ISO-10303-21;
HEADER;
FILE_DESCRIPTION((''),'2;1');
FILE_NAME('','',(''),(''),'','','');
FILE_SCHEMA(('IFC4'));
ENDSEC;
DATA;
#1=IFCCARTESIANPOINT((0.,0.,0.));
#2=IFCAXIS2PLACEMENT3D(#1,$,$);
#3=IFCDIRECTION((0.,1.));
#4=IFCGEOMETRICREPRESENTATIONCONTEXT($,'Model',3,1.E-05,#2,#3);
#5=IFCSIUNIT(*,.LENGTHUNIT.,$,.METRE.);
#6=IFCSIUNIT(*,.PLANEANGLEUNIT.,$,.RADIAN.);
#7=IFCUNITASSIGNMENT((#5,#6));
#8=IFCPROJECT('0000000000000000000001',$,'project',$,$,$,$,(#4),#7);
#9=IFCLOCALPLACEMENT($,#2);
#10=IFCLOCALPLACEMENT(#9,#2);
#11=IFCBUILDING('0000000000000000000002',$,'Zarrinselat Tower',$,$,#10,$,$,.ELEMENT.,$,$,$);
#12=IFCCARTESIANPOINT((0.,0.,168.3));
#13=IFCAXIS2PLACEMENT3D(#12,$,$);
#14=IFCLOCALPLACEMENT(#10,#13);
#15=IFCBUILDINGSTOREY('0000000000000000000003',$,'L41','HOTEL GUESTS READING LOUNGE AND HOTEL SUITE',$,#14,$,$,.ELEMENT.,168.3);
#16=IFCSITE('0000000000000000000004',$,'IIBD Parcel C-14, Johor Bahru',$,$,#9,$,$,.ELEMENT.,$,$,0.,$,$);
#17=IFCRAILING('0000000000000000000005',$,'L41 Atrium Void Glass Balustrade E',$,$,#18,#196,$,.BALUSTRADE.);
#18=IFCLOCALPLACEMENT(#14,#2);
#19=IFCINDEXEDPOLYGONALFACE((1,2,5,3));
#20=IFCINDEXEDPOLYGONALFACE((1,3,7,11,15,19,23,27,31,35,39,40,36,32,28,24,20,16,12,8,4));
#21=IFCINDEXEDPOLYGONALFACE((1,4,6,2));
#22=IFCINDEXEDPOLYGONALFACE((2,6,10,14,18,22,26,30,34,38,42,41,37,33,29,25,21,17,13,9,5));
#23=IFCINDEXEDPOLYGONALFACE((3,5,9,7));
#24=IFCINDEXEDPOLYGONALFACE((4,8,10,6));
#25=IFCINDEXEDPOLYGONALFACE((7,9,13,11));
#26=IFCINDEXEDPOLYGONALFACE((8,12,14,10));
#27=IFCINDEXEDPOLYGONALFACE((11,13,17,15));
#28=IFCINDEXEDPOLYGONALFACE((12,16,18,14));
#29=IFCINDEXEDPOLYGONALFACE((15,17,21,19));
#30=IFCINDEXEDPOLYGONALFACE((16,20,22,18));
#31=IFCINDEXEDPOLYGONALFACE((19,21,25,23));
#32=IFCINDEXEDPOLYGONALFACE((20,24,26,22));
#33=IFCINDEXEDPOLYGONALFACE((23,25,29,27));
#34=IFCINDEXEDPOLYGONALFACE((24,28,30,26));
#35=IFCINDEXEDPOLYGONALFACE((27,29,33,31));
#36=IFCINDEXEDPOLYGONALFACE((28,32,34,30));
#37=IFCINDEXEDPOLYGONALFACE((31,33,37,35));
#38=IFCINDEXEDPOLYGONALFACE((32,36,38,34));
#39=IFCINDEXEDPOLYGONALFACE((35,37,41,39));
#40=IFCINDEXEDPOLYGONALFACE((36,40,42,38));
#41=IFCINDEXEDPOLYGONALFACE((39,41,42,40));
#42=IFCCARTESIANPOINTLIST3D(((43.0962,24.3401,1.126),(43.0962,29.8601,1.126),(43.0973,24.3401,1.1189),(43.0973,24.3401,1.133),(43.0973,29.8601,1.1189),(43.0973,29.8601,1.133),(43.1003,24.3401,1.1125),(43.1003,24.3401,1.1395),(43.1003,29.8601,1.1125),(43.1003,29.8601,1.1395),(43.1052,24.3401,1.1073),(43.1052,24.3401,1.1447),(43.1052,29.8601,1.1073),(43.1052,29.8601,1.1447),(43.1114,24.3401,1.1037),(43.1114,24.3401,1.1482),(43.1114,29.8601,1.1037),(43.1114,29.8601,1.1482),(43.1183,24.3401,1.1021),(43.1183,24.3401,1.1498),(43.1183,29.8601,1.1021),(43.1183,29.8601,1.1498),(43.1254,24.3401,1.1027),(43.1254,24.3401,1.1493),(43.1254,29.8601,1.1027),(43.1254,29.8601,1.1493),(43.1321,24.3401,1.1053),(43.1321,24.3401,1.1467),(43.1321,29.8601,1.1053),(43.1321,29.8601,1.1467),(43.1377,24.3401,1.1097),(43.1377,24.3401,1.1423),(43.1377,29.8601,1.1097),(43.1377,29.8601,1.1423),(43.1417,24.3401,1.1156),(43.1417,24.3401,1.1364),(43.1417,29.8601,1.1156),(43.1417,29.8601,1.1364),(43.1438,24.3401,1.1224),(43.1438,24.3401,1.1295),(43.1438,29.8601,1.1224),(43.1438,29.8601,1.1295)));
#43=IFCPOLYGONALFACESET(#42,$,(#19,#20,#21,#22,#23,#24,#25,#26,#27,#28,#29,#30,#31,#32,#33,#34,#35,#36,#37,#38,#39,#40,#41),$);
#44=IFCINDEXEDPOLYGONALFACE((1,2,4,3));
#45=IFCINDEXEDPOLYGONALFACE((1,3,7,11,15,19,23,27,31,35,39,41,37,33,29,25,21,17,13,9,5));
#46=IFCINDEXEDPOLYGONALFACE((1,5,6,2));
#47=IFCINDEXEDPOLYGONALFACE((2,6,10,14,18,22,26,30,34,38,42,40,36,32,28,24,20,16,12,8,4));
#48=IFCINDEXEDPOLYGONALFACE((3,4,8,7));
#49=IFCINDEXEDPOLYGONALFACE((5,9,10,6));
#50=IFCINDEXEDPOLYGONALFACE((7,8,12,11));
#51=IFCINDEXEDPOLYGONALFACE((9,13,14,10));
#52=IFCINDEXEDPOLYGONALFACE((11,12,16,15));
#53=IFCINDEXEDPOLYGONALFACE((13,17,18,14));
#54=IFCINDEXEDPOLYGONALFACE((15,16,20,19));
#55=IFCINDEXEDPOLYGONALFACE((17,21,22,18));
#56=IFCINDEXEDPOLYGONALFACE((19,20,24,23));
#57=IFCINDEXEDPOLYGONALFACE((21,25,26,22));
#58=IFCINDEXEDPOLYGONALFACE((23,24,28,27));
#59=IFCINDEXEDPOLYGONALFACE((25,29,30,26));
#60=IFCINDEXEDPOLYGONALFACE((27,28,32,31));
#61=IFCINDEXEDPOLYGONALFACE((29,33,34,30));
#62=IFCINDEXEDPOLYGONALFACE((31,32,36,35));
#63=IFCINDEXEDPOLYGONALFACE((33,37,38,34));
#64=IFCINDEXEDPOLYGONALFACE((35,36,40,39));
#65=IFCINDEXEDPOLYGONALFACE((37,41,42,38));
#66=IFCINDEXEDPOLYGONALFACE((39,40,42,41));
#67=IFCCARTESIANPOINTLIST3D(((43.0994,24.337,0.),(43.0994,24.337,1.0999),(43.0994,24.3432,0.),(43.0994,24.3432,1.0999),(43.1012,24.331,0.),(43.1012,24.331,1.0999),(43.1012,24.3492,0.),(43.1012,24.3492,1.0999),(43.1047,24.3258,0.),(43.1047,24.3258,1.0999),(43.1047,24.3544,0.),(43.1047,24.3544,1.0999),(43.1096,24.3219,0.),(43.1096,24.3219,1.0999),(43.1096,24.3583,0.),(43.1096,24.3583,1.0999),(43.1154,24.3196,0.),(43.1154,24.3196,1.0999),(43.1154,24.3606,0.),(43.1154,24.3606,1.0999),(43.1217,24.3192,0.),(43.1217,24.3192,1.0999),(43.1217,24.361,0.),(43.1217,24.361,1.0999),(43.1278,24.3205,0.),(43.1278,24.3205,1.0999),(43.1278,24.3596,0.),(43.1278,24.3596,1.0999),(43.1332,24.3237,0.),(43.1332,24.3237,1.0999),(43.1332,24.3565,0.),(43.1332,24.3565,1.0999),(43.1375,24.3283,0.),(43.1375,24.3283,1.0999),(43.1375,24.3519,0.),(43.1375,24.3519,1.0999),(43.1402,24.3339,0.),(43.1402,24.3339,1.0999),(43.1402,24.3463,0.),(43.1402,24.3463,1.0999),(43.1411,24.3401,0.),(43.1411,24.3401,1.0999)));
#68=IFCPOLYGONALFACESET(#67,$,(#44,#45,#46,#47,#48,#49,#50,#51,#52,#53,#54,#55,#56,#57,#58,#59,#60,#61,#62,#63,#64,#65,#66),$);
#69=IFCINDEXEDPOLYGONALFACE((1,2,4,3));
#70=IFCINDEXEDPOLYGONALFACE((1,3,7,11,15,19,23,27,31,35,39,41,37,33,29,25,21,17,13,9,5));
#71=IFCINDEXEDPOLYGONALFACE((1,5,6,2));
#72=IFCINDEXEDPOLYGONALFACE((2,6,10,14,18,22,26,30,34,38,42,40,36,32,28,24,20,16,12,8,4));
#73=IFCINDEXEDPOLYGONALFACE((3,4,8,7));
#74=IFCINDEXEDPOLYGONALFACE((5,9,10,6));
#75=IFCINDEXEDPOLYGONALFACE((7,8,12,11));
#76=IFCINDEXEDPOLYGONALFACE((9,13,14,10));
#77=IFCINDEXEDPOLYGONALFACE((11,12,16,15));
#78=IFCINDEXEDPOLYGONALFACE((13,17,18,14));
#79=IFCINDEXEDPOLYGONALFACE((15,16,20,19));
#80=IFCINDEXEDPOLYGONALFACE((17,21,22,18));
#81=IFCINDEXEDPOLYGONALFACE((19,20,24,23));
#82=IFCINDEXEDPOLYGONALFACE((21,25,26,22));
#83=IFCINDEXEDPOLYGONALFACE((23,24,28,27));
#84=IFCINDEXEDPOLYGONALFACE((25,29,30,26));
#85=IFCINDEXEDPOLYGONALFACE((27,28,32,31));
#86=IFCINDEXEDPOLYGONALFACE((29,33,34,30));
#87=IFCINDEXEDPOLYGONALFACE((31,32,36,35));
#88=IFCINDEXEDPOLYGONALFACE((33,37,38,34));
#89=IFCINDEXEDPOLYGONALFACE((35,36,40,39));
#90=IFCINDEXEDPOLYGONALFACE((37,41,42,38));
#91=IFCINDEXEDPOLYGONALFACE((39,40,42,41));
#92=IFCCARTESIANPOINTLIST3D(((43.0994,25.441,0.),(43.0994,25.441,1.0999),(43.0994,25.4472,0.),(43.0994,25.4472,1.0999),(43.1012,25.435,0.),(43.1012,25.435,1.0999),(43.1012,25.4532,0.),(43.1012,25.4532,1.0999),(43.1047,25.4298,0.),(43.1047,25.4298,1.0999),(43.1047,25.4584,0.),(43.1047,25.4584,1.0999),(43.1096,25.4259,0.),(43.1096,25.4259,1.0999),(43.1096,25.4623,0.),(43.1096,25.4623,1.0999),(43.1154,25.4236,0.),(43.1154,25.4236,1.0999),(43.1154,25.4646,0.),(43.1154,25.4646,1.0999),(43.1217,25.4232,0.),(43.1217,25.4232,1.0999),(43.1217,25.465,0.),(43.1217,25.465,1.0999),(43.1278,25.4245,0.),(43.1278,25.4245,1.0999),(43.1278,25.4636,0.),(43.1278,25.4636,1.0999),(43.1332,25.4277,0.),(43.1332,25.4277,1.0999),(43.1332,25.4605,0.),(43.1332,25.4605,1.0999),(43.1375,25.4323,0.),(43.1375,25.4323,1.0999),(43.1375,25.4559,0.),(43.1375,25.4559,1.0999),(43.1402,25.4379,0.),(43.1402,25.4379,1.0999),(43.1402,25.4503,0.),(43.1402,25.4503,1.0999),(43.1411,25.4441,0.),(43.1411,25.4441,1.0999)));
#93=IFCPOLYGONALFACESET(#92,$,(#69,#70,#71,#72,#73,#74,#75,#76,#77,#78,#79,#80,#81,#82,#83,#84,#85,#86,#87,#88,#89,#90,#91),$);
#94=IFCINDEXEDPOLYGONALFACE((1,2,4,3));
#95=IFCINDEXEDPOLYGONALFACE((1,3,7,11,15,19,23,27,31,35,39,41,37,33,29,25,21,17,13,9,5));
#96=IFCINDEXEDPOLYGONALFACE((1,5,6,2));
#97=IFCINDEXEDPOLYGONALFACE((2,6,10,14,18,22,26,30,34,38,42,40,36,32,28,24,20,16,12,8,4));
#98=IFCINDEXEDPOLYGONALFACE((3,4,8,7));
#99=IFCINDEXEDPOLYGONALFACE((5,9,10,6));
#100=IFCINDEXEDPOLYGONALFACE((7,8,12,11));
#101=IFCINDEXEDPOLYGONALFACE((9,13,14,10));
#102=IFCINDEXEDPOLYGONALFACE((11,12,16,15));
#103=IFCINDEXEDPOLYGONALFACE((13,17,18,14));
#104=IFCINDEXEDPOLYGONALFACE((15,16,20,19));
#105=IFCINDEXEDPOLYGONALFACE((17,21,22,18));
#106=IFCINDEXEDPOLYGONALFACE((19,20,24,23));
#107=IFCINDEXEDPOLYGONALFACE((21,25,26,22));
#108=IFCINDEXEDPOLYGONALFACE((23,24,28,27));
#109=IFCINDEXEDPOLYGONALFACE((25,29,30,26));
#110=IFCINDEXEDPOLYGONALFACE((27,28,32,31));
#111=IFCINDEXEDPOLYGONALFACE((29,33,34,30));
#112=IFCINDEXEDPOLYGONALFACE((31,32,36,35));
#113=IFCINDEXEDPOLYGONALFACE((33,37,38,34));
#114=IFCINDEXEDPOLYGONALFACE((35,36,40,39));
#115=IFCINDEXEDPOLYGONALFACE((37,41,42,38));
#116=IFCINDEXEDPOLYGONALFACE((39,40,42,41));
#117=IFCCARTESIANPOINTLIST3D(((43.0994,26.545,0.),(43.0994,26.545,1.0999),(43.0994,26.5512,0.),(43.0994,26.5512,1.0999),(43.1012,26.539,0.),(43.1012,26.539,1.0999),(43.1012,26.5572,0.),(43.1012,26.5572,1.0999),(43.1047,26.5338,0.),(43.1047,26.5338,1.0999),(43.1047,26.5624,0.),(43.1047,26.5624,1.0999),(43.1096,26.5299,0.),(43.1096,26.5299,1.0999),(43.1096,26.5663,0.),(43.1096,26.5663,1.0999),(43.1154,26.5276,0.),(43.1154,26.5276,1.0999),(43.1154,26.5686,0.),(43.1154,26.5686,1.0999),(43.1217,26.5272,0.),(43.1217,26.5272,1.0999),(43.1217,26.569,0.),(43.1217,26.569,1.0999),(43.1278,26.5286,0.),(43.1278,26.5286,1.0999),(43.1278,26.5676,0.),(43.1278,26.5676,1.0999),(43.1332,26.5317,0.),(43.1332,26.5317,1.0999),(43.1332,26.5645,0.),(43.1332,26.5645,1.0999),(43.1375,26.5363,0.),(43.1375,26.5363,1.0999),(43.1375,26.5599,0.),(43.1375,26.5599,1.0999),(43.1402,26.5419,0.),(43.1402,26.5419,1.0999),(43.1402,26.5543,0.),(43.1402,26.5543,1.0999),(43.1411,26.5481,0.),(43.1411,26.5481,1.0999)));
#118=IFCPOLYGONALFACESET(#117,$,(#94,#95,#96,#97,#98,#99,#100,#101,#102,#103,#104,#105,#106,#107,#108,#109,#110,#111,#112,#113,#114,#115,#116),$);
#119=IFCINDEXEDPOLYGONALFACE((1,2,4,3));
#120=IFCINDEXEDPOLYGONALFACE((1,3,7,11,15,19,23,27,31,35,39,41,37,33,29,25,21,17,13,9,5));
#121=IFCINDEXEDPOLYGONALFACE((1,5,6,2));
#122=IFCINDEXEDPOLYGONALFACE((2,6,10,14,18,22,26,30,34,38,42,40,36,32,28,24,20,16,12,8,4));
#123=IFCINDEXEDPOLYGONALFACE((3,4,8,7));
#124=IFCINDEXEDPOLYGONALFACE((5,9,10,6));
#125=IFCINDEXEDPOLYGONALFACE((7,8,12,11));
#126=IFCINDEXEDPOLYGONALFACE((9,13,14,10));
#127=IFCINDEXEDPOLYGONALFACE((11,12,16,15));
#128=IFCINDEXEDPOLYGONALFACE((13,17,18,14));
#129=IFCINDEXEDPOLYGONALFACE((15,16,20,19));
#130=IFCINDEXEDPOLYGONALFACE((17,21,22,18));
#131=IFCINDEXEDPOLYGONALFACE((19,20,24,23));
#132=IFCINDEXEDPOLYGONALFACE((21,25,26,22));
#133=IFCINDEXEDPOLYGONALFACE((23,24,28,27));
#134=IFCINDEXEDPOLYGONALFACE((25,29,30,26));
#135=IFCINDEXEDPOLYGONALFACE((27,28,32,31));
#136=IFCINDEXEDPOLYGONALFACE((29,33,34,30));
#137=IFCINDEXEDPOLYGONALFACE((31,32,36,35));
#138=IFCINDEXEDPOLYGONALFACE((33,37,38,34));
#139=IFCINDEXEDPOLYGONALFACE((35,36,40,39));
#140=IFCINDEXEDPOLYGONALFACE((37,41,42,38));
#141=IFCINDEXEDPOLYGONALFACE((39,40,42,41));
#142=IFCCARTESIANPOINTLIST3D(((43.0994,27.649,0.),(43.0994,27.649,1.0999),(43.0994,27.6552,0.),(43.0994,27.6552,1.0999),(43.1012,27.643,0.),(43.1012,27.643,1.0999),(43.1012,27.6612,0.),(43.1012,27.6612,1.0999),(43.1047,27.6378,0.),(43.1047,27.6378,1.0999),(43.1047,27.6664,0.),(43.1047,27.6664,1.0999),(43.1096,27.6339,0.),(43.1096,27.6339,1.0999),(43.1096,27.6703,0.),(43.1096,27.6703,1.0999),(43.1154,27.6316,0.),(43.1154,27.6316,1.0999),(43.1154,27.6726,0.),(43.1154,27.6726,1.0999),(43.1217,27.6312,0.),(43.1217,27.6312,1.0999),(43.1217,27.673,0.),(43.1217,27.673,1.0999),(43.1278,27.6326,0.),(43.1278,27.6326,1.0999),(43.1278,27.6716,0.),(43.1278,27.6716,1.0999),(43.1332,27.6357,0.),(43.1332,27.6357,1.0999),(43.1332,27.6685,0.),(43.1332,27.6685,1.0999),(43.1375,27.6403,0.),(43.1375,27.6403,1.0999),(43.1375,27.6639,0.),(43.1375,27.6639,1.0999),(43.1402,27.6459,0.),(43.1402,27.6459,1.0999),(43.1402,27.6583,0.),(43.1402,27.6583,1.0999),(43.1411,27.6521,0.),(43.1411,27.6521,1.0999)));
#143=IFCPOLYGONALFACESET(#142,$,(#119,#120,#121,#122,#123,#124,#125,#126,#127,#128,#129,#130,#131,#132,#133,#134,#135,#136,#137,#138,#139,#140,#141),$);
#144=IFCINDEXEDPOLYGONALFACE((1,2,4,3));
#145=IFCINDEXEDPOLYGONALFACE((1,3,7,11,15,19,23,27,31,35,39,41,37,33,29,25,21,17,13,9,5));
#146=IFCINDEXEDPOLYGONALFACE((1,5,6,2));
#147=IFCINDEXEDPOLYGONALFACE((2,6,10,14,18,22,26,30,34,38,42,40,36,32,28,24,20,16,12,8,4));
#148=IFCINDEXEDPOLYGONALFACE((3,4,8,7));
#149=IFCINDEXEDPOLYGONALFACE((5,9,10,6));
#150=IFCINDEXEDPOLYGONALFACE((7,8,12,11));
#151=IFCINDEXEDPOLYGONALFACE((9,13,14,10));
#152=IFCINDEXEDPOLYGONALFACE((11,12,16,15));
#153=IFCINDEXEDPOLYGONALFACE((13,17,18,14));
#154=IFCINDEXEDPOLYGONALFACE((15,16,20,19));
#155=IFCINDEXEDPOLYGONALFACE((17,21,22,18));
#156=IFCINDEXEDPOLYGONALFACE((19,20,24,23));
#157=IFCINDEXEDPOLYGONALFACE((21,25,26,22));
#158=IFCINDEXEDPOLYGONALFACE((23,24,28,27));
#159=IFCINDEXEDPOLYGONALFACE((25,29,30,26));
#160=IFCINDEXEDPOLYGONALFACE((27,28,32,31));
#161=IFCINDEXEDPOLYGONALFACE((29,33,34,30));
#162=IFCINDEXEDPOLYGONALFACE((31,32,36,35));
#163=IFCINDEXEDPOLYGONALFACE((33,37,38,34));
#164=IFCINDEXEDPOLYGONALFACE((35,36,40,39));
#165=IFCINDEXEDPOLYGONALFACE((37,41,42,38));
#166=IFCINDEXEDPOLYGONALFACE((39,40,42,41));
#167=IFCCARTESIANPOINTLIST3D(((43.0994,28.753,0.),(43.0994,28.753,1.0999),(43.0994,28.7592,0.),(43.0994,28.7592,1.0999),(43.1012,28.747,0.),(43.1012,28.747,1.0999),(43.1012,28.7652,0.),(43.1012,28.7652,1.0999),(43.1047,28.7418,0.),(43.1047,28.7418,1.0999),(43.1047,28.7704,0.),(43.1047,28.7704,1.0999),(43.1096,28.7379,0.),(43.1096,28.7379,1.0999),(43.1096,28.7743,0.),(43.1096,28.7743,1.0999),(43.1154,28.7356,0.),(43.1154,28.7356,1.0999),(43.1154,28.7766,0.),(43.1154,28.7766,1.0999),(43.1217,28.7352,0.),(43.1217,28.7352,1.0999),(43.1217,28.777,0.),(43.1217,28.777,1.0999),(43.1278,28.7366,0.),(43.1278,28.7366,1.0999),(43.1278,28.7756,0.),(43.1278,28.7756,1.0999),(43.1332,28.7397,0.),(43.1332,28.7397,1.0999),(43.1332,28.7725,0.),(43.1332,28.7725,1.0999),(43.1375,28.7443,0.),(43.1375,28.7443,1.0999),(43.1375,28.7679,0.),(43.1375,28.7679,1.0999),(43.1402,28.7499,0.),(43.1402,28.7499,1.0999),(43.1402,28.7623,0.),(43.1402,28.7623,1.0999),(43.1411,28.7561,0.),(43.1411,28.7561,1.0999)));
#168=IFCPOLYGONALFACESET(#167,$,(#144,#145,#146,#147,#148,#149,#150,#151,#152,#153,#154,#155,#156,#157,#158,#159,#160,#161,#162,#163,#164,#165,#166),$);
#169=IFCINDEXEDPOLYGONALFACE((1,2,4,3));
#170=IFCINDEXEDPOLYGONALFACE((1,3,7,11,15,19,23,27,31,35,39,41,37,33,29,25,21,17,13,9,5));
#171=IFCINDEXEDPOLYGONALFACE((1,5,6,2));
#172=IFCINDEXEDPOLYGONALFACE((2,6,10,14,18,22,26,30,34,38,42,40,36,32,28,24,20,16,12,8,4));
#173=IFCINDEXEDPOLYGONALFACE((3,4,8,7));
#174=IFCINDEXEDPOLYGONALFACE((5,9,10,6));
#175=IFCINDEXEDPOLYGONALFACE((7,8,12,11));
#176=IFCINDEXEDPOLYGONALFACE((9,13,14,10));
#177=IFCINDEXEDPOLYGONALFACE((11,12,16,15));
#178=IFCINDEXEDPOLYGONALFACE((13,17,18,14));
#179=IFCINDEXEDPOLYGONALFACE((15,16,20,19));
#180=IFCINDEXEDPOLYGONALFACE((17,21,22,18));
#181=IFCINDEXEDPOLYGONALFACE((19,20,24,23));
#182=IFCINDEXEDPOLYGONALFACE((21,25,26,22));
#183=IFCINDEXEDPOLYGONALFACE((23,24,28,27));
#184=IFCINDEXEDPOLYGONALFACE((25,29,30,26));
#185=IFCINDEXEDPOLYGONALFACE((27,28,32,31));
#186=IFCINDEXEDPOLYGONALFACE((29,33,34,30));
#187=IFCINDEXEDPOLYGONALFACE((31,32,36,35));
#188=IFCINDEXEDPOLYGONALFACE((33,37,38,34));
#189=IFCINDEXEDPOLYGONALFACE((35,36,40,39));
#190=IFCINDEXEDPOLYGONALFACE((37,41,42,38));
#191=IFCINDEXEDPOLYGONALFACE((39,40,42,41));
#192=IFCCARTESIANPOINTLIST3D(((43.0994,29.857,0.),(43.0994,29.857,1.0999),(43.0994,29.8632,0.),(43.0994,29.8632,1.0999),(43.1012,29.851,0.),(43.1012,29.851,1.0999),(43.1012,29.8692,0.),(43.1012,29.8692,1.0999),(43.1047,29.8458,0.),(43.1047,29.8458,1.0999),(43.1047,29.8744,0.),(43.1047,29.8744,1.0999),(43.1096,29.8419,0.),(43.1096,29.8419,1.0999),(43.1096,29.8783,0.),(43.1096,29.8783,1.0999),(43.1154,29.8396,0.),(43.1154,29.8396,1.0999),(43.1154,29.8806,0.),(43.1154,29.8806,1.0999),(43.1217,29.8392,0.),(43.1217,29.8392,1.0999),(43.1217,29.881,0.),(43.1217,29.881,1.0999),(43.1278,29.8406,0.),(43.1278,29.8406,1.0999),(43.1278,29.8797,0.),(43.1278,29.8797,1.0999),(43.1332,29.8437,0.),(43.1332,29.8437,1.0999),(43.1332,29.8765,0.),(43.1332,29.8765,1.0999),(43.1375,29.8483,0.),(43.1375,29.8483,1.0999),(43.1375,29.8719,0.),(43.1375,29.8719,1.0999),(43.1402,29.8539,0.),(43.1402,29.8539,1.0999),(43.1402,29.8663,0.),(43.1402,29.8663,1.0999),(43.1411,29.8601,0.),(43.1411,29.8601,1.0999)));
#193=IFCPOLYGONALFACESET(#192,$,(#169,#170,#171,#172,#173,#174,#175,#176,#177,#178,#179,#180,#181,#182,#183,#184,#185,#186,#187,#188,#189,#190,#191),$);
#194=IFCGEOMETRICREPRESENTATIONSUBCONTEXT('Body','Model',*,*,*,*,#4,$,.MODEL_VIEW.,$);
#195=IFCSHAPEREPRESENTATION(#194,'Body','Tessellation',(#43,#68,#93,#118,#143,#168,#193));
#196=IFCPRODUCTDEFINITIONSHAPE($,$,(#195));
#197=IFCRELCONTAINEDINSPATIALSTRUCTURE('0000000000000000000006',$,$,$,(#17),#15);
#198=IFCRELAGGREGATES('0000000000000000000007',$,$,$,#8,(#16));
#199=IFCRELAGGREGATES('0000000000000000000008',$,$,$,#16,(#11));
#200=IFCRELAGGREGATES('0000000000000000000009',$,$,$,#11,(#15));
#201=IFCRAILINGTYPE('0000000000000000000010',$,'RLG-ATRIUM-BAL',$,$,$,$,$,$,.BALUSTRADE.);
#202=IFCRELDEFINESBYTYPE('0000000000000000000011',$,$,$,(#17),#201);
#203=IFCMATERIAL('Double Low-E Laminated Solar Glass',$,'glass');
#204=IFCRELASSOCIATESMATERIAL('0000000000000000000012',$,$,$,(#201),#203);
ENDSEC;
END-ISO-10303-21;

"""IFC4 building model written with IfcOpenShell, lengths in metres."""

from ifc_helpers import new_model, si_unit, direction, frame, origin, origin_2d, place, context, subcontext, project, spatial, circle, extrude, material, type_object, element, save


model = new_model("IFC4")

# Units and contexts
model_context = context("Model", 3, precision=1e-05, world=origin(), true_north=direction((0.0, 1.0)))
body_context = subcontext(model_context, "Body", "Model", "MODEL_VIEW")
ifc_project = project(units=[si_unit("LENGTHUNIT", "METRE"), si_unit("PLANEANGLEUNIT", "RADIAN")], contexts=[model_context])

# Site, building, storey
site_placement = place(None, origin())
site = spatial("IfcSite", under=ifc_project, at=site_placement, Name="IIBD Parcel C-14, Johor Bahru", CompositionType="ELEMENT", RefElevation=0.0)
building_placement = place(site_placement, origin())
building = spatial("IfcBuilding", under=site, at=building_placement, Name="Zarrinselat Tower", CompositionType="ELEMENT")
storey_placement = place(building_placement, frame((0.0, 0.0, 168.3)))
storey = spatial("IfcBuildingStorey", under=building, at=storey_placement, Name="L41", Description="HOTEL GUESTS READING LOUNGE AND HOTEL SUITE", CompositionType="ELEMENT", Elevation=168.3)

# Railing
ifc_material_1 = material(Name="Double Low-E Laminated Solar Glass", Category="glass")
railing_type_1 = type_object("IfcRailingType", Name="RLG-ATRIUM-BAL", PredefinedType="BALUSTRADE", material=ifc_material_1)
railing_1_placement = place(storey_placement, frame((43.1201, 24.3401, 0.0)))
element("IfcRailing", 1, at=railing_1_placement, inside=storey, type_object=railing_type_1, Name="L41 Atrium Void Glass Balustrade E", PredefinedType="BALUSTRADE", context=body_context, shape_type="SweptSolid", body=[
    extrude(circle(Radius=0.0239, at=origin_2d()), frame((0.0, 0.0, 1.126), z_axis=(0.0, 1.0, 0.0), x_axis=(-1.0, 0.0, 0.0)), (0.0, 0.0, 1.0), 5.52),
    extrude(circle(Radius=0.021, at=origin_2d()), origin(), (0.0, 0.0, 1.0), 1.0999),
    extrude(circle(Radius=0.021, at=origin_2d()), frame((0.0, 1.104, 0.0)), (0.0, 0.0, 1.0), 1.0999),
    extrude(circle(Radius=0.021, at=origin_2d()), frame((0.0, 2.208, 0.0)), (0.0, 0.0, 1.0), 1.0999),
    extrude(circle(Radius=0.021, at=origin_2d()), frame((0.0, 3.312, 0.0)), (0.0, 0.0, 1.0), 1.0999),
    extrude(circle(Radius=0.021, at=origin_2d()), frame((0.0, 4.416, 0.0)), (0.0, 0.0, 1.0), 1.0999),
    extrude(circle(Radius=0.021, at=origin_2d()), frame((0.0, 5.52, 0.0)), (0.0, 0.0, 1.0), 1.0999),
])

save(model, "model.ifc")
